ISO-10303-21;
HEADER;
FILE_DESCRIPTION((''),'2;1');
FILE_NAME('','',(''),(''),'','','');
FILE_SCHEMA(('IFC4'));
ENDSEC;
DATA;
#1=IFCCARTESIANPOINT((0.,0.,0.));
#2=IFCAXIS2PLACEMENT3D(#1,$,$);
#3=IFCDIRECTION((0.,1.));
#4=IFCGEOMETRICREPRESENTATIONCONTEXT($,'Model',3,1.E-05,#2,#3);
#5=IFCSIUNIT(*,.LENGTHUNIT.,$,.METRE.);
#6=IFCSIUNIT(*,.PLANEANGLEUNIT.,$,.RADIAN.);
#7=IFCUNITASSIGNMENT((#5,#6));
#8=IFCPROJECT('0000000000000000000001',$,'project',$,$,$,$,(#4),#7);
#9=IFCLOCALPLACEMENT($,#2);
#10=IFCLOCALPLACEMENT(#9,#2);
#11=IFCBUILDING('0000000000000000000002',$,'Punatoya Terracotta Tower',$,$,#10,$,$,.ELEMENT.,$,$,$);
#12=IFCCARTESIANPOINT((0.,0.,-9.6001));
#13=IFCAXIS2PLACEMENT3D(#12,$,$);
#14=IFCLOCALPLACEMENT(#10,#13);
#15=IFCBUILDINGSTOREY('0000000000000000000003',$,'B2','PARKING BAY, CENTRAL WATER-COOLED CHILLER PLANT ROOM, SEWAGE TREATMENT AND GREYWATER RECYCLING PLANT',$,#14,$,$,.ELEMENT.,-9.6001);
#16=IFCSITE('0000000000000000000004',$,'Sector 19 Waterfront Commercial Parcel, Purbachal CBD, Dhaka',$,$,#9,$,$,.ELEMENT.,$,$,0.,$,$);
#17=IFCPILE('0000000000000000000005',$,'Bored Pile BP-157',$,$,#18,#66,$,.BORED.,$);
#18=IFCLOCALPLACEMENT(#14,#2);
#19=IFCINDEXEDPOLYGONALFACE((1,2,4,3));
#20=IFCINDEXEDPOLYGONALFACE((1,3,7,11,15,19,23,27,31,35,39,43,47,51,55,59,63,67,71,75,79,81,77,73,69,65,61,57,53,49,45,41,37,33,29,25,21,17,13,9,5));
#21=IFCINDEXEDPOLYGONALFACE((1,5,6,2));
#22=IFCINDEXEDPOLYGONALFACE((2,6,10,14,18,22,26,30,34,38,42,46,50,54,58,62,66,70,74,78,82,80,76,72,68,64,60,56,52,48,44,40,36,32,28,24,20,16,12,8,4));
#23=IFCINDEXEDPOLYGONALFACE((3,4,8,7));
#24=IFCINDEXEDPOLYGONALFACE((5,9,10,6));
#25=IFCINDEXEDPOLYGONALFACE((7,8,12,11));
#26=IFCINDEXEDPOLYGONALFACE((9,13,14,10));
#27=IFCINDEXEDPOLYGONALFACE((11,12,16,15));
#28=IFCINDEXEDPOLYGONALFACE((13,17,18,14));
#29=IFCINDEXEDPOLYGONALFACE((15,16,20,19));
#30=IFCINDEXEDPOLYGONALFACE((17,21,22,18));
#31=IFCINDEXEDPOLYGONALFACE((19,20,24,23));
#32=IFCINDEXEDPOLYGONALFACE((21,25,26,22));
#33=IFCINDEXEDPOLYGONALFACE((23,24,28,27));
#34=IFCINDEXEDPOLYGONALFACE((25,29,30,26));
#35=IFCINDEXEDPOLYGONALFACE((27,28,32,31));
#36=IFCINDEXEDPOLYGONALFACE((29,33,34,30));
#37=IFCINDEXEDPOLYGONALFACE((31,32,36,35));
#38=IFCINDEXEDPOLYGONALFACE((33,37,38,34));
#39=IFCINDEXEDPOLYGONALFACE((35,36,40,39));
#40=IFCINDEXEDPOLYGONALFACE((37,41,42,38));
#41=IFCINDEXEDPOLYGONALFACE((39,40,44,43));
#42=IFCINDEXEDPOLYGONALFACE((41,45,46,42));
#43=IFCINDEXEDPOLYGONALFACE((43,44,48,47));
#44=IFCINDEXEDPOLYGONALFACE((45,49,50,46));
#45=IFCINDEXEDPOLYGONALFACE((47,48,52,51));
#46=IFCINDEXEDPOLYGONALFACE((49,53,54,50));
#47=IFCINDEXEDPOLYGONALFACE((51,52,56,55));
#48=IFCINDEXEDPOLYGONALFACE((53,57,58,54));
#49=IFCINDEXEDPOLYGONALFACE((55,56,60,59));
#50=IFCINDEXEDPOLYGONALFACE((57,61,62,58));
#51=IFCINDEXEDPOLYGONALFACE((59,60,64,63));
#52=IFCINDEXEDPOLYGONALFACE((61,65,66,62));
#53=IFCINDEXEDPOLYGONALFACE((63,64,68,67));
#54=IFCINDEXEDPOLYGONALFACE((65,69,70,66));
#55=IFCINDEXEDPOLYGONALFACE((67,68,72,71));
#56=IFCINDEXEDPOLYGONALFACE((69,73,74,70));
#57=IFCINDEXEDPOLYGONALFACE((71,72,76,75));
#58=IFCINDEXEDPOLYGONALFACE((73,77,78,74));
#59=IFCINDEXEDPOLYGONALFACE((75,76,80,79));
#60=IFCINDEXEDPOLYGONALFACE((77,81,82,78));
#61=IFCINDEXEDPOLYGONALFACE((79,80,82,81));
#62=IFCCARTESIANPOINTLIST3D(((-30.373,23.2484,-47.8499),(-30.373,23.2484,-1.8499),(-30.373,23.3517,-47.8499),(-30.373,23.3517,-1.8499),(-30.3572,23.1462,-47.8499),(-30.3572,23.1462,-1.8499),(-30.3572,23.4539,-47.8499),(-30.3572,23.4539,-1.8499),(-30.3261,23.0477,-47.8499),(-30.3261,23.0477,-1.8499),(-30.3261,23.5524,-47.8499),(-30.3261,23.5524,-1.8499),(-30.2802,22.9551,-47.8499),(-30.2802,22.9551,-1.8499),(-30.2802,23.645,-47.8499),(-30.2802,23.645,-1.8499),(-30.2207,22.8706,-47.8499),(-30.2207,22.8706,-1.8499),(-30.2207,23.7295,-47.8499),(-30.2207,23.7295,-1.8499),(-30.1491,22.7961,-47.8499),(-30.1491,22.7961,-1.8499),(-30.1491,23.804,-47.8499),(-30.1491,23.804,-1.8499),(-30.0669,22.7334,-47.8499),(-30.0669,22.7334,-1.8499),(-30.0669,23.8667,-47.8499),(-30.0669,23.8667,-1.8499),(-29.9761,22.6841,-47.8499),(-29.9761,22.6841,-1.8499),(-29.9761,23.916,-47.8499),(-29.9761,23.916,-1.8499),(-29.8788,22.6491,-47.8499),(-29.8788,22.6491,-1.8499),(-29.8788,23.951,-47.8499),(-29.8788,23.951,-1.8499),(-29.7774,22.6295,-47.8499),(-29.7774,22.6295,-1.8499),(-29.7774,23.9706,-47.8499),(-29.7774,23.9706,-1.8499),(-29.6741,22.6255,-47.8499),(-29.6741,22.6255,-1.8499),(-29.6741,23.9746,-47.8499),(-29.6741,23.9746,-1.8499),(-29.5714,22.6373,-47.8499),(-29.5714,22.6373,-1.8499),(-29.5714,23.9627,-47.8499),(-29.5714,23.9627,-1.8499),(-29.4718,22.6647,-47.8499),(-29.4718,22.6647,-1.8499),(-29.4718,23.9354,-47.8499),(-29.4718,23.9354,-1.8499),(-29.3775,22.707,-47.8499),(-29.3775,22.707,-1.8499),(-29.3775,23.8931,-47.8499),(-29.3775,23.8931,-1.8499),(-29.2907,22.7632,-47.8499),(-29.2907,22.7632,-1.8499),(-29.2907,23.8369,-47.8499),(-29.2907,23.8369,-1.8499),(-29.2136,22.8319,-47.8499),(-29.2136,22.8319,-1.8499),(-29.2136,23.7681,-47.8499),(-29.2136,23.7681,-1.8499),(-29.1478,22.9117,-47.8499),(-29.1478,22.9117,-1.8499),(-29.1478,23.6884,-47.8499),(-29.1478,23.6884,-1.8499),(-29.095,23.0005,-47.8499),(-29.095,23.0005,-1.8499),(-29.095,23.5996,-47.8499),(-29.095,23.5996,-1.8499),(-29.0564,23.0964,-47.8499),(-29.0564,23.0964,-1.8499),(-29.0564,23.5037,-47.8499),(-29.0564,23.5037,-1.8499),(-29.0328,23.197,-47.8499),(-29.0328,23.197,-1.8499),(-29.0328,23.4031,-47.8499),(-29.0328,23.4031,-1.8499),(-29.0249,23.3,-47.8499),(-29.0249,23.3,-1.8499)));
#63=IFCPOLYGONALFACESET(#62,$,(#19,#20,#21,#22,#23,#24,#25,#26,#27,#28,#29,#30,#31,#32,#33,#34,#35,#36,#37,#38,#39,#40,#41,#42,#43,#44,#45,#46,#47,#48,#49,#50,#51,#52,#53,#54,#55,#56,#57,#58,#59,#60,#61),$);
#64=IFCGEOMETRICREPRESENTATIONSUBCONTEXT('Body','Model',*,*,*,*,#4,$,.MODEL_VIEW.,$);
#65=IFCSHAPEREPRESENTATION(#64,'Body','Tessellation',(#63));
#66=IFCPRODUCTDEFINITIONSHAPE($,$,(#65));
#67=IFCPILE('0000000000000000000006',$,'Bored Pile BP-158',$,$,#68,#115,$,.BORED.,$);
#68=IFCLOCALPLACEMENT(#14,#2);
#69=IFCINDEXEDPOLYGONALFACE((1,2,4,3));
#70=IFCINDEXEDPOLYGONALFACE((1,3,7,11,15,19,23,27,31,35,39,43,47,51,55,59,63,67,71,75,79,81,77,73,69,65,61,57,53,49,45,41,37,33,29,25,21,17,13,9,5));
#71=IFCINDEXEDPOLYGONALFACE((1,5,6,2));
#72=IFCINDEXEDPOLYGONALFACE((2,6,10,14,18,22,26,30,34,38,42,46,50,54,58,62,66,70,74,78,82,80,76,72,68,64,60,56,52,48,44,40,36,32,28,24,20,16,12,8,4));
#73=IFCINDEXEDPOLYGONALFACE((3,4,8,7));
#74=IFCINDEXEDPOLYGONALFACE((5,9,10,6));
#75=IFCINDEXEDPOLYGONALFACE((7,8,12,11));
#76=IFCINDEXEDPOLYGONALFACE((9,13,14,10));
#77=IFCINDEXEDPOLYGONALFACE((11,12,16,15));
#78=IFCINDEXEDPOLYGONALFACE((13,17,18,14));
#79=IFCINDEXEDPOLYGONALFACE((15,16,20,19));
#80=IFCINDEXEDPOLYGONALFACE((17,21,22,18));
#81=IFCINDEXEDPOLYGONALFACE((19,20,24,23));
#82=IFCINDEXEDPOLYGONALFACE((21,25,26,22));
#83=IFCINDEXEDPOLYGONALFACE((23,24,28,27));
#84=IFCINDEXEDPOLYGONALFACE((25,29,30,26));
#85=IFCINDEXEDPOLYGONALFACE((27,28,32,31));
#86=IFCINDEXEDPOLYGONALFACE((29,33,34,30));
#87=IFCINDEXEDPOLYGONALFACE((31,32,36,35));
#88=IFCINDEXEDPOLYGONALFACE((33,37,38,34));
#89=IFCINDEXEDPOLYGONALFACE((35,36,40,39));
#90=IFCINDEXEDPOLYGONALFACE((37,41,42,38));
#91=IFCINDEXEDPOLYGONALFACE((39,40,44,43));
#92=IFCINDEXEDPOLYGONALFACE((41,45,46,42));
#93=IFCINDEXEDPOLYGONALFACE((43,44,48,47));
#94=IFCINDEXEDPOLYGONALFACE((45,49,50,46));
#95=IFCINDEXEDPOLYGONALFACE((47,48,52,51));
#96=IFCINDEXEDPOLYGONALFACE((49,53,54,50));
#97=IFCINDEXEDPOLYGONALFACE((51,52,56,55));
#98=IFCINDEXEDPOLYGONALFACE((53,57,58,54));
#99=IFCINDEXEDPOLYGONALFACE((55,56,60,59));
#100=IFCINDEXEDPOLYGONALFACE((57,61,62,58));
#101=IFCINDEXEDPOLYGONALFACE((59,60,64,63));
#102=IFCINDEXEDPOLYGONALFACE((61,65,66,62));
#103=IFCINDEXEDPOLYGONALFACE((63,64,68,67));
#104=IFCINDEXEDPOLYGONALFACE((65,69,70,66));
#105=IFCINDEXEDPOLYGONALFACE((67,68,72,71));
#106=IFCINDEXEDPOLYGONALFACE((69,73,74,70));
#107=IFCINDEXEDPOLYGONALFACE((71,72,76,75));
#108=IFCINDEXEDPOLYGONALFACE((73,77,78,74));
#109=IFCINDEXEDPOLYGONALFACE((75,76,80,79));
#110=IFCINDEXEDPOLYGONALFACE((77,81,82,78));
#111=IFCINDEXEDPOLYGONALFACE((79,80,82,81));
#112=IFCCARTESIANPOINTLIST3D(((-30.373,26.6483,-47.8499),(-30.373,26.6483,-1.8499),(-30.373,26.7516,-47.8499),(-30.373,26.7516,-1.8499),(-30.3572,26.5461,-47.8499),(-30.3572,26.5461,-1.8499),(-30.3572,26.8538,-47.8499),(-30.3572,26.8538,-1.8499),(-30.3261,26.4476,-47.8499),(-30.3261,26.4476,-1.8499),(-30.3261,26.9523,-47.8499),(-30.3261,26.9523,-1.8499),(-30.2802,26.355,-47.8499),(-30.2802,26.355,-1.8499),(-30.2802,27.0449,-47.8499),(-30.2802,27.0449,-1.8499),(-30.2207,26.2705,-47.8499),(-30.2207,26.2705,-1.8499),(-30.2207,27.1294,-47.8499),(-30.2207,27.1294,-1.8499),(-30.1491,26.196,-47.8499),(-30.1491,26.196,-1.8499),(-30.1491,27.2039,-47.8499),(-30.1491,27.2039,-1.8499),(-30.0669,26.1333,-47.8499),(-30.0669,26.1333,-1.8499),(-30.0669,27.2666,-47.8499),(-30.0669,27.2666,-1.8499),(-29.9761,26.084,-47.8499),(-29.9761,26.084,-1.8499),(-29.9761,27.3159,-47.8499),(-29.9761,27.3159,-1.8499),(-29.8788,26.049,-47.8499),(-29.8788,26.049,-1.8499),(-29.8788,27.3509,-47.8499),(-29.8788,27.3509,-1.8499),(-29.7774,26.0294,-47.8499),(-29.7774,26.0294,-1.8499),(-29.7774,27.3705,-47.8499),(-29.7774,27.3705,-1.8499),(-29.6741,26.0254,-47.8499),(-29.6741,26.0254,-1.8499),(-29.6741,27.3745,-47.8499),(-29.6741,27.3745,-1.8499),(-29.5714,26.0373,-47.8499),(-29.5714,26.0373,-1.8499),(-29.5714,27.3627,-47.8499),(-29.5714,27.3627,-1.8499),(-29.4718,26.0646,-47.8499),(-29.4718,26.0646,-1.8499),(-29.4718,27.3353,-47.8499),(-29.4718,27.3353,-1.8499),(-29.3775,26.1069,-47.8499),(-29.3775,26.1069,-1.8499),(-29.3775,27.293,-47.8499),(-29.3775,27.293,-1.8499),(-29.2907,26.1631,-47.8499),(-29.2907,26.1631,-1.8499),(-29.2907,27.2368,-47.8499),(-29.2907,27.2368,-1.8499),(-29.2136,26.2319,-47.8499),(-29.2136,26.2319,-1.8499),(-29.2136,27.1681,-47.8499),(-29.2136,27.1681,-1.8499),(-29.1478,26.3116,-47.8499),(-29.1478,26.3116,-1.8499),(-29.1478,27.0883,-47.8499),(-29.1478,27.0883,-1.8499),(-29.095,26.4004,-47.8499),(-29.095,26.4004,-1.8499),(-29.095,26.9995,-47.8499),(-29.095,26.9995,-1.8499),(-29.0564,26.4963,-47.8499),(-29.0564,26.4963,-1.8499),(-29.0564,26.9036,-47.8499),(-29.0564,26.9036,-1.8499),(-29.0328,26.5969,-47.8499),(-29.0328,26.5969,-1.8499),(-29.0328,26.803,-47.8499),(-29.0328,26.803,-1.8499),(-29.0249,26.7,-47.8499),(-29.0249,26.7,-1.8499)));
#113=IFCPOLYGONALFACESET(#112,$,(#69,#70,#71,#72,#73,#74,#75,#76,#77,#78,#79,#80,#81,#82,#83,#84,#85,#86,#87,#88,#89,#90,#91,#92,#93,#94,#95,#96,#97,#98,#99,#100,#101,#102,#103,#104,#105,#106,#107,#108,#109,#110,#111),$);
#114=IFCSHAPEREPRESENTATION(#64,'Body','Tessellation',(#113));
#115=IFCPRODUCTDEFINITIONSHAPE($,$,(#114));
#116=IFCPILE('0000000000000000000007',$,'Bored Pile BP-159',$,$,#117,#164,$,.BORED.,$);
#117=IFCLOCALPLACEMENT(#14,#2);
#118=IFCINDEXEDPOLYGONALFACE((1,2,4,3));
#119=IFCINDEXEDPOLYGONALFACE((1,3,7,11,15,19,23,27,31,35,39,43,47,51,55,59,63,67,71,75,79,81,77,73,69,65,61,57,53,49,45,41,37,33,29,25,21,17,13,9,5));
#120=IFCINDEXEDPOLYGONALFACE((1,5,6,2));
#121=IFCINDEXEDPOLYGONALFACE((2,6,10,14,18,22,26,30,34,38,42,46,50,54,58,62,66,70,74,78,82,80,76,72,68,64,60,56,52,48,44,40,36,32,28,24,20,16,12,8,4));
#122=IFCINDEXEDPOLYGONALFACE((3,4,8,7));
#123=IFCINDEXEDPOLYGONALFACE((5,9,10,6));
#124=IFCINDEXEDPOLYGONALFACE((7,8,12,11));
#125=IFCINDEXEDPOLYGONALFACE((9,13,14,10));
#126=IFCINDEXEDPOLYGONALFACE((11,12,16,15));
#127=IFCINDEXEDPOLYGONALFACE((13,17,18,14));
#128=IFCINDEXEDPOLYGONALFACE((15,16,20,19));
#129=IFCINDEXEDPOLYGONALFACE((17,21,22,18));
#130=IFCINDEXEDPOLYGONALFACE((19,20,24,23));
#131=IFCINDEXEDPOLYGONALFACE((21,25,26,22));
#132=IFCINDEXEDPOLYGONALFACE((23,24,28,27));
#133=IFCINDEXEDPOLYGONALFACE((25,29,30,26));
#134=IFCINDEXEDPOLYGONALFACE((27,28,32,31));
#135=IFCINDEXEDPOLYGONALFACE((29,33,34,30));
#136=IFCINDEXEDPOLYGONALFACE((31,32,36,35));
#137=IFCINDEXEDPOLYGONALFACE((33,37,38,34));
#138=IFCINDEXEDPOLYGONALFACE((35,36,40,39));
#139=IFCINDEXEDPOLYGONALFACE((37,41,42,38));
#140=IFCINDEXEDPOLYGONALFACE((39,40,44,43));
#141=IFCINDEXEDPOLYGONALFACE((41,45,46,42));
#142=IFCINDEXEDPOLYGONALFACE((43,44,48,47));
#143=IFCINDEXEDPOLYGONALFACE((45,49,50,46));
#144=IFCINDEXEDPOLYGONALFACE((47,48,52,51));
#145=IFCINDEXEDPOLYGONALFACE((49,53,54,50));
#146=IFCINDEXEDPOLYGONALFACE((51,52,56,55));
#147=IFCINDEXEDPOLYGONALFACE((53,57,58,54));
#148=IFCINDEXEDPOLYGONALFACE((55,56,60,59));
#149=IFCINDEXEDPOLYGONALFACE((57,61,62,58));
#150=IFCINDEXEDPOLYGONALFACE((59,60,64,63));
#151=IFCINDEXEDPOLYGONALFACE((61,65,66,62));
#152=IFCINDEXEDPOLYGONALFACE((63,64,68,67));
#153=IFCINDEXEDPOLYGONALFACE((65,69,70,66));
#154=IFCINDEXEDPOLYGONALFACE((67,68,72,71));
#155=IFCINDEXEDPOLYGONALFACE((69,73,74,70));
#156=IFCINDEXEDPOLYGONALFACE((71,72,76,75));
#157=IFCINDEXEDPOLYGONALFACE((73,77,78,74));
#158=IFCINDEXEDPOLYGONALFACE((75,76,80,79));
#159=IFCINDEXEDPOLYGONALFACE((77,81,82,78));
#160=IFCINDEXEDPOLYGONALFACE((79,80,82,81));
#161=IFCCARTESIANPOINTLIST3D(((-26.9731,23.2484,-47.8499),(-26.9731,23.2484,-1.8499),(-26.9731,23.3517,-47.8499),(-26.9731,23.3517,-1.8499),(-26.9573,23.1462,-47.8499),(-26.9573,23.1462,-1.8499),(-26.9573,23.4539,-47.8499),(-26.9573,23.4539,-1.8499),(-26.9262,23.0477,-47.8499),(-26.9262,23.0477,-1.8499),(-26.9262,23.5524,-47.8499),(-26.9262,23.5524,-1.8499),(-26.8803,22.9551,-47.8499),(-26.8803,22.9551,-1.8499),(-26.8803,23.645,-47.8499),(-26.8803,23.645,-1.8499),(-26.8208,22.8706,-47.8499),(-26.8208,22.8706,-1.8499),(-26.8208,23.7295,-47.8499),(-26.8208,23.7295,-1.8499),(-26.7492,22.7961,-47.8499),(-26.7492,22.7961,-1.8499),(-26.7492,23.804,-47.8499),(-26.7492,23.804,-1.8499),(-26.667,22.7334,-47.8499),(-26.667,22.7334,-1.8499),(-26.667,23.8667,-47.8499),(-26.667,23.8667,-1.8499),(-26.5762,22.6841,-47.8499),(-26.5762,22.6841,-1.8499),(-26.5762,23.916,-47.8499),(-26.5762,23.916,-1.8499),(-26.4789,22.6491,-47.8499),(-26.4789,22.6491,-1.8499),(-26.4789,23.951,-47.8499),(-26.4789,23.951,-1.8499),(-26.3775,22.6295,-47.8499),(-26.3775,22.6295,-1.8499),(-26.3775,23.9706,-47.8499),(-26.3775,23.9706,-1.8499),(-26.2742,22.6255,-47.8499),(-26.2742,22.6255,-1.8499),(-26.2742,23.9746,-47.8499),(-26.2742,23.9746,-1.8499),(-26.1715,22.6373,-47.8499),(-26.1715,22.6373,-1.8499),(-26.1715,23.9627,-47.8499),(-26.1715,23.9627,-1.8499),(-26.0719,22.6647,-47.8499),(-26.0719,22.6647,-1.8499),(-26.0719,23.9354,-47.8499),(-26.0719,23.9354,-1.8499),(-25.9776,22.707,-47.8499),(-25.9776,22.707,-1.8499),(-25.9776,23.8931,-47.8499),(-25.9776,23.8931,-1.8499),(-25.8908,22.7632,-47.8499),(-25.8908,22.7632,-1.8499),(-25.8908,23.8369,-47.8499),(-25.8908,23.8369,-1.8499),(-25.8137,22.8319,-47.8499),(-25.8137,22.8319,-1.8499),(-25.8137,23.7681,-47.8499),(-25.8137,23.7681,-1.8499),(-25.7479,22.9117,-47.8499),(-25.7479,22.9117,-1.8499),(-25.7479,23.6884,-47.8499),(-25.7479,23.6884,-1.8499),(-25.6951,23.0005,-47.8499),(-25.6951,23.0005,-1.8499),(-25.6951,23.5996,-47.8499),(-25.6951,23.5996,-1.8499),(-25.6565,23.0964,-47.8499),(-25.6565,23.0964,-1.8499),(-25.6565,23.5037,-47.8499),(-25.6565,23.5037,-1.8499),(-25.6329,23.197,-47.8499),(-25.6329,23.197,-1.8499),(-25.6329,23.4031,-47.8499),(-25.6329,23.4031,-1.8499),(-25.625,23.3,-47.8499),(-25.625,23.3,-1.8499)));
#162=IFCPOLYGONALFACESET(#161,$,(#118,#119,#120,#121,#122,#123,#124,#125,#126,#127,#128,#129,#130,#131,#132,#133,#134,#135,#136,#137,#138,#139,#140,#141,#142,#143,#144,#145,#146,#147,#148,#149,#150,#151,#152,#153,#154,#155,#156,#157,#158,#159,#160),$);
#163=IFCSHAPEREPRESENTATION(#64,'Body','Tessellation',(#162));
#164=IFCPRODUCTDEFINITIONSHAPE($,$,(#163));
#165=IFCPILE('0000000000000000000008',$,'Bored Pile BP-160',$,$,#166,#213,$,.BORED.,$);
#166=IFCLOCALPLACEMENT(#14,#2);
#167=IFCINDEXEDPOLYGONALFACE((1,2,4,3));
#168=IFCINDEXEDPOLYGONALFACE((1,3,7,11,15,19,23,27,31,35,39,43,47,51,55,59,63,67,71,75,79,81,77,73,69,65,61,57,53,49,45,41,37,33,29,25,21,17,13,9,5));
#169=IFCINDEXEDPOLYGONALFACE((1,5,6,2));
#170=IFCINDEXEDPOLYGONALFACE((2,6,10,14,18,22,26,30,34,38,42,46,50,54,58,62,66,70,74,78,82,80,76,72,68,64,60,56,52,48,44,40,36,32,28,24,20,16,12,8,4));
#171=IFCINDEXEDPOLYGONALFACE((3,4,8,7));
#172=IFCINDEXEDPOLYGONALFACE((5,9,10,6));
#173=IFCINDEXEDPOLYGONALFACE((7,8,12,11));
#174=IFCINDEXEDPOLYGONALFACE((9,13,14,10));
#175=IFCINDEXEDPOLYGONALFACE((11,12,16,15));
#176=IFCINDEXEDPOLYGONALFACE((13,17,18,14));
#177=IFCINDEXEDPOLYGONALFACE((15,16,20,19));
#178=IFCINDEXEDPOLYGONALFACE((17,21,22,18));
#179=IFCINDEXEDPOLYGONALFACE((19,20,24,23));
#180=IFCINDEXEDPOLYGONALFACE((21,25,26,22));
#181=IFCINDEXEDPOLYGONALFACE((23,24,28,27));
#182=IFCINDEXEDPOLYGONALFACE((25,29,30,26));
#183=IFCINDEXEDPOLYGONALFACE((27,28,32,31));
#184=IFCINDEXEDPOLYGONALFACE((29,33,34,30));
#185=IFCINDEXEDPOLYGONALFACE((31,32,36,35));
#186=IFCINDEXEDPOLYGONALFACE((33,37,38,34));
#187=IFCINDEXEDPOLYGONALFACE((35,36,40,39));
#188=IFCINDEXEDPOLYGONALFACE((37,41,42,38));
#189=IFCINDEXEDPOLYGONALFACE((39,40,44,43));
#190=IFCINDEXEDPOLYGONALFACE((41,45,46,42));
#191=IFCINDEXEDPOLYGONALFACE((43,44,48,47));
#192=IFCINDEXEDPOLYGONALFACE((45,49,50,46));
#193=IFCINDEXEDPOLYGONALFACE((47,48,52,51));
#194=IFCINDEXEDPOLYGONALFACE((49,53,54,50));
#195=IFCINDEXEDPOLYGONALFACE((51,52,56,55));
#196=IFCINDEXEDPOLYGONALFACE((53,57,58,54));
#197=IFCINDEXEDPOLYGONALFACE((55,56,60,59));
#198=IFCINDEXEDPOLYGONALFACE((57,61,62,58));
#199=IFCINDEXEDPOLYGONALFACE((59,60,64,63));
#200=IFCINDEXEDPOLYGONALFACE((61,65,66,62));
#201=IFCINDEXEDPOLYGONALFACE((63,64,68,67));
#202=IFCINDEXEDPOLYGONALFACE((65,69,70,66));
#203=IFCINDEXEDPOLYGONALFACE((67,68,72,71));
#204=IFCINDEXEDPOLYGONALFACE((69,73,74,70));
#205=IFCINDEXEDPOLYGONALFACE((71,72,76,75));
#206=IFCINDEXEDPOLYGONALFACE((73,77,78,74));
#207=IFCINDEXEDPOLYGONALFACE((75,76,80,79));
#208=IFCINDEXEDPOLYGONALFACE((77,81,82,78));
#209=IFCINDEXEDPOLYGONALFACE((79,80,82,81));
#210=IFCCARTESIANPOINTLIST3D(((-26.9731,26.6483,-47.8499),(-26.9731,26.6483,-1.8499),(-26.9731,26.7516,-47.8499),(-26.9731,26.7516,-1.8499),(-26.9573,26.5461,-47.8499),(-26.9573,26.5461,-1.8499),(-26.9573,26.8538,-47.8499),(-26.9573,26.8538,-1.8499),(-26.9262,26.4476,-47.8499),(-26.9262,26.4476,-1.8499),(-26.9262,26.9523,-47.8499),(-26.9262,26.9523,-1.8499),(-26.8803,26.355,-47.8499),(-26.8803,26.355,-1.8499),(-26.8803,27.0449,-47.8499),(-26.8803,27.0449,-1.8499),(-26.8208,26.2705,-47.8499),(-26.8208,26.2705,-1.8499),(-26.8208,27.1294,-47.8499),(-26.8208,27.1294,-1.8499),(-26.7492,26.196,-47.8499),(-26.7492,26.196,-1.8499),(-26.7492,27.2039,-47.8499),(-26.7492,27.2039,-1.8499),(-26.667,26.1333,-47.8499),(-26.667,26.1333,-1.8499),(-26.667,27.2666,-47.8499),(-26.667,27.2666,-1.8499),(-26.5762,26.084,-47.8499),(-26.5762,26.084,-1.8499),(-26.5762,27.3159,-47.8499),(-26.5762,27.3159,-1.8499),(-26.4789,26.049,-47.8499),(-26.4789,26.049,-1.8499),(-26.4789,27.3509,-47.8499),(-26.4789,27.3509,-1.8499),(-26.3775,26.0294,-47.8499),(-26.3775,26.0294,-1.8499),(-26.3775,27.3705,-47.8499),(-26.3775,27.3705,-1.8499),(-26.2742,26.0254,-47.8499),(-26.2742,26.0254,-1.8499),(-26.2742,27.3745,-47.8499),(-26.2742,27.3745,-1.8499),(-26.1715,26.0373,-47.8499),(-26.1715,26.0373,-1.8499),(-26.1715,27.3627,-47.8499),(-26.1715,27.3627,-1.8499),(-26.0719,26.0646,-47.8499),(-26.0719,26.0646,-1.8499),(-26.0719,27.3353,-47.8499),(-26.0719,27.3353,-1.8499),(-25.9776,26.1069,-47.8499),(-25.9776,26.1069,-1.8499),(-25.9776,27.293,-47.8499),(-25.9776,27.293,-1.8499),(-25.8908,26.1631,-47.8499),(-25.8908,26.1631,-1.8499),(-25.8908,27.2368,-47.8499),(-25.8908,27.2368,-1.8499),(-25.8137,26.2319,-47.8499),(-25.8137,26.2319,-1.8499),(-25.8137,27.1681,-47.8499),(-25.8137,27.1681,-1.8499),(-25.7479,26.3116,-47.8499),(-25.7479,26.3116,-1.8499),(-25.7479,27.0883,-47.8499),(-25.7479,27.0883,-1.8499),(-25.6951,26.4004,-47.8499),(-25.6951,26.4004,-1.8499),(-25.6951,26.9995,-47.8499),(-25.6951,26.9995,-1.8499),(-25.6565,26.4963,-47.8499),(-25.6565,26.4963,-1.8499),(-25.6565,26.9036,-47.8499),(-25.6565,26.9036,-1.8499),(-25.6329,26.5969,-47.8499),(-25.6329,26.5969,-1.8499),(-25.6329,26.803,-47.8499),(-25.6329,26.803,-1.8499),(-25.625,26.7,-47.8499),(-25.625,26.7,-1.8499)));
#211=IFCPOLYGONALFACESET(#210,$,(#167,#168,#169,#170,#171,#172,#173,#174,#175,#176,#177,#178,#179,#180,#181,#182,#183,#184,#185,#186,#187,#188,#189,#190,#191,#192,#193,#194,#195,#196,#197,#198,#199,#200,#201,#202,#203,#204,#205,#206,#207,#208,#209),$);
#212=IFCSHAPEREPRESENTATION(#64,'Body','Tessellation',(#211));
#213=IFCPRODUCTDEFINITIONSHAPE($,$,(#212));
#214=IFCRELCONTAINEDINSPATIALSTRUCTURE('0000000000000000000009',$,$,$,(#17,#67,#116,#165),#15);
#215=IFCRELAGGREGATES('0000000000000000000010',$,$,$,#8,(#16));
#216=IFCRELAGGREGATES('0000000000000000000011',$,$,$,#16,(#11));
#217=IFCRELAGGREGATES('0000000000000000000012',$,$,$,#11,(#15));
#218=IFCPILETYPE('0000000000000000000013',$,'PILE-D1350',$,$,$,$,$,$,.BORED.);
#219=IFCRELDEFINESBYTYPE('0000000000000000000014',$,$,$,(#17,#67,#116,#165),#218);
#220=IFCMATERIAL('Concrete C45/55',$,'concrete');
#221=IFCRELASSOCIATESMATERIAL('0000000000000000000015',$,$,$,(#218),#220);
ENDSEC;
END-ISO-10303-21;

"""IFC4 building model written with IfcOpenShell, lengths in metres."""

from ifc_helpers import new_model, si_unit, direction, frame, origin, origin_2d, place, context, subcontext, project, spatial, circle, extrude, material, material_profile, profile_set, type_object, element, save


model = new_model("IFC4")

# Units and contexts
model_context = context("Model", 3, precision=1e-05, world=origin(), true_north=direction((0.0, 1.0)))
body_context = subcontext(model_context, "Body", "Model", "MODEL_VIEW")
ifc_project = project(units=[si_unit("LENGTHUNIT", "METRE"), si_unit("PLANEANGLEUNIT", "RADIAN")], contexts=[model_context])

# Site, building, storey
site_placement = place(None, origin())
site = spatial("IfcSite", under=ifc_project, at=site_placement, Name="Sector 19 Waterfront Commercial Parcel, Purbachal CBD, Dhaka", CompositionType="ELEMENT", RefElevation=0.0)
building_placement = place(site_placement, origin())
building = spatial("IfcBuilding", under=site, at=building_placement, Name="Punatoya Terracotta Tower", CompositionType="ELEMENT")
storey_placement = place(building_placement, frame((0.0, 0.0, -9.6001)))
storey = spatial("IfcBuildingStorey", under=building, at=storey_placement, Name="B2", Description="PARKING BAY, CENTRAL WATER-COOLED CHILLER PLANT ROOM, SEWAGE TREATMENT AND GREYWATER RECYCLING PLANT", CompositionType="ELEMENT", Elevation=-9.6001)

# Shared definitions
ifc_material_1 = material(Name="Concrete C45/55", Category="concrete")

# Piles
ifc_material_profile_1 = material_profile(ifc_material_1, circle(Radius=0.675, at=origin_2d()))
ifc_profile_set_1 = profile_set([ifc_material_profile_1], Name="Concrete C45/55")
pile_type_1 = type_object("IfcPileType", Name="PILE-D1350", PredefinedType="BORED", material=ifc_profile_set_1)
for number, where, z_axis, x_axis, name in (
    (1, (-29.7, 23.3, -1.8499), (0.0, 0.0, -1.0), (1.0, 0.0, 0.0), "Bored Pile BP-157"),
    (2, (-29.7, 26.7, -1.8499), (0.0, 0.0, -1.0), (1.0, 0.0, 0.0), "Bored Pile BP-158"),
    (3, (-26.3, 23.3, -1.8499), (0.0, 0.0, -1.0), (1.0, 0.0, 0.0), "Bored Pile BP-159"),
    (4, (-26.3, 26.7, -1.8499), (0.0, 0.0, -1.0), (1.0, 0.0, 0.0), "Bored Pile BP-160"),
):
    element("IfcPile", number, at=place(storey_placement, frame(where, z_axis=z_axis, x_axis=x_axis)), inside=storey, type_object=pile_type_1, Name=name, PredefinedType="BORED", context=body_context, shape_type="SweptSolid", body=[
        extrude(circle(Radius=0.675, at=origin_2d()), origin(), (0.0, 0.0, 1.0), 46.0),
    ])

save(model, "model.ifc")
